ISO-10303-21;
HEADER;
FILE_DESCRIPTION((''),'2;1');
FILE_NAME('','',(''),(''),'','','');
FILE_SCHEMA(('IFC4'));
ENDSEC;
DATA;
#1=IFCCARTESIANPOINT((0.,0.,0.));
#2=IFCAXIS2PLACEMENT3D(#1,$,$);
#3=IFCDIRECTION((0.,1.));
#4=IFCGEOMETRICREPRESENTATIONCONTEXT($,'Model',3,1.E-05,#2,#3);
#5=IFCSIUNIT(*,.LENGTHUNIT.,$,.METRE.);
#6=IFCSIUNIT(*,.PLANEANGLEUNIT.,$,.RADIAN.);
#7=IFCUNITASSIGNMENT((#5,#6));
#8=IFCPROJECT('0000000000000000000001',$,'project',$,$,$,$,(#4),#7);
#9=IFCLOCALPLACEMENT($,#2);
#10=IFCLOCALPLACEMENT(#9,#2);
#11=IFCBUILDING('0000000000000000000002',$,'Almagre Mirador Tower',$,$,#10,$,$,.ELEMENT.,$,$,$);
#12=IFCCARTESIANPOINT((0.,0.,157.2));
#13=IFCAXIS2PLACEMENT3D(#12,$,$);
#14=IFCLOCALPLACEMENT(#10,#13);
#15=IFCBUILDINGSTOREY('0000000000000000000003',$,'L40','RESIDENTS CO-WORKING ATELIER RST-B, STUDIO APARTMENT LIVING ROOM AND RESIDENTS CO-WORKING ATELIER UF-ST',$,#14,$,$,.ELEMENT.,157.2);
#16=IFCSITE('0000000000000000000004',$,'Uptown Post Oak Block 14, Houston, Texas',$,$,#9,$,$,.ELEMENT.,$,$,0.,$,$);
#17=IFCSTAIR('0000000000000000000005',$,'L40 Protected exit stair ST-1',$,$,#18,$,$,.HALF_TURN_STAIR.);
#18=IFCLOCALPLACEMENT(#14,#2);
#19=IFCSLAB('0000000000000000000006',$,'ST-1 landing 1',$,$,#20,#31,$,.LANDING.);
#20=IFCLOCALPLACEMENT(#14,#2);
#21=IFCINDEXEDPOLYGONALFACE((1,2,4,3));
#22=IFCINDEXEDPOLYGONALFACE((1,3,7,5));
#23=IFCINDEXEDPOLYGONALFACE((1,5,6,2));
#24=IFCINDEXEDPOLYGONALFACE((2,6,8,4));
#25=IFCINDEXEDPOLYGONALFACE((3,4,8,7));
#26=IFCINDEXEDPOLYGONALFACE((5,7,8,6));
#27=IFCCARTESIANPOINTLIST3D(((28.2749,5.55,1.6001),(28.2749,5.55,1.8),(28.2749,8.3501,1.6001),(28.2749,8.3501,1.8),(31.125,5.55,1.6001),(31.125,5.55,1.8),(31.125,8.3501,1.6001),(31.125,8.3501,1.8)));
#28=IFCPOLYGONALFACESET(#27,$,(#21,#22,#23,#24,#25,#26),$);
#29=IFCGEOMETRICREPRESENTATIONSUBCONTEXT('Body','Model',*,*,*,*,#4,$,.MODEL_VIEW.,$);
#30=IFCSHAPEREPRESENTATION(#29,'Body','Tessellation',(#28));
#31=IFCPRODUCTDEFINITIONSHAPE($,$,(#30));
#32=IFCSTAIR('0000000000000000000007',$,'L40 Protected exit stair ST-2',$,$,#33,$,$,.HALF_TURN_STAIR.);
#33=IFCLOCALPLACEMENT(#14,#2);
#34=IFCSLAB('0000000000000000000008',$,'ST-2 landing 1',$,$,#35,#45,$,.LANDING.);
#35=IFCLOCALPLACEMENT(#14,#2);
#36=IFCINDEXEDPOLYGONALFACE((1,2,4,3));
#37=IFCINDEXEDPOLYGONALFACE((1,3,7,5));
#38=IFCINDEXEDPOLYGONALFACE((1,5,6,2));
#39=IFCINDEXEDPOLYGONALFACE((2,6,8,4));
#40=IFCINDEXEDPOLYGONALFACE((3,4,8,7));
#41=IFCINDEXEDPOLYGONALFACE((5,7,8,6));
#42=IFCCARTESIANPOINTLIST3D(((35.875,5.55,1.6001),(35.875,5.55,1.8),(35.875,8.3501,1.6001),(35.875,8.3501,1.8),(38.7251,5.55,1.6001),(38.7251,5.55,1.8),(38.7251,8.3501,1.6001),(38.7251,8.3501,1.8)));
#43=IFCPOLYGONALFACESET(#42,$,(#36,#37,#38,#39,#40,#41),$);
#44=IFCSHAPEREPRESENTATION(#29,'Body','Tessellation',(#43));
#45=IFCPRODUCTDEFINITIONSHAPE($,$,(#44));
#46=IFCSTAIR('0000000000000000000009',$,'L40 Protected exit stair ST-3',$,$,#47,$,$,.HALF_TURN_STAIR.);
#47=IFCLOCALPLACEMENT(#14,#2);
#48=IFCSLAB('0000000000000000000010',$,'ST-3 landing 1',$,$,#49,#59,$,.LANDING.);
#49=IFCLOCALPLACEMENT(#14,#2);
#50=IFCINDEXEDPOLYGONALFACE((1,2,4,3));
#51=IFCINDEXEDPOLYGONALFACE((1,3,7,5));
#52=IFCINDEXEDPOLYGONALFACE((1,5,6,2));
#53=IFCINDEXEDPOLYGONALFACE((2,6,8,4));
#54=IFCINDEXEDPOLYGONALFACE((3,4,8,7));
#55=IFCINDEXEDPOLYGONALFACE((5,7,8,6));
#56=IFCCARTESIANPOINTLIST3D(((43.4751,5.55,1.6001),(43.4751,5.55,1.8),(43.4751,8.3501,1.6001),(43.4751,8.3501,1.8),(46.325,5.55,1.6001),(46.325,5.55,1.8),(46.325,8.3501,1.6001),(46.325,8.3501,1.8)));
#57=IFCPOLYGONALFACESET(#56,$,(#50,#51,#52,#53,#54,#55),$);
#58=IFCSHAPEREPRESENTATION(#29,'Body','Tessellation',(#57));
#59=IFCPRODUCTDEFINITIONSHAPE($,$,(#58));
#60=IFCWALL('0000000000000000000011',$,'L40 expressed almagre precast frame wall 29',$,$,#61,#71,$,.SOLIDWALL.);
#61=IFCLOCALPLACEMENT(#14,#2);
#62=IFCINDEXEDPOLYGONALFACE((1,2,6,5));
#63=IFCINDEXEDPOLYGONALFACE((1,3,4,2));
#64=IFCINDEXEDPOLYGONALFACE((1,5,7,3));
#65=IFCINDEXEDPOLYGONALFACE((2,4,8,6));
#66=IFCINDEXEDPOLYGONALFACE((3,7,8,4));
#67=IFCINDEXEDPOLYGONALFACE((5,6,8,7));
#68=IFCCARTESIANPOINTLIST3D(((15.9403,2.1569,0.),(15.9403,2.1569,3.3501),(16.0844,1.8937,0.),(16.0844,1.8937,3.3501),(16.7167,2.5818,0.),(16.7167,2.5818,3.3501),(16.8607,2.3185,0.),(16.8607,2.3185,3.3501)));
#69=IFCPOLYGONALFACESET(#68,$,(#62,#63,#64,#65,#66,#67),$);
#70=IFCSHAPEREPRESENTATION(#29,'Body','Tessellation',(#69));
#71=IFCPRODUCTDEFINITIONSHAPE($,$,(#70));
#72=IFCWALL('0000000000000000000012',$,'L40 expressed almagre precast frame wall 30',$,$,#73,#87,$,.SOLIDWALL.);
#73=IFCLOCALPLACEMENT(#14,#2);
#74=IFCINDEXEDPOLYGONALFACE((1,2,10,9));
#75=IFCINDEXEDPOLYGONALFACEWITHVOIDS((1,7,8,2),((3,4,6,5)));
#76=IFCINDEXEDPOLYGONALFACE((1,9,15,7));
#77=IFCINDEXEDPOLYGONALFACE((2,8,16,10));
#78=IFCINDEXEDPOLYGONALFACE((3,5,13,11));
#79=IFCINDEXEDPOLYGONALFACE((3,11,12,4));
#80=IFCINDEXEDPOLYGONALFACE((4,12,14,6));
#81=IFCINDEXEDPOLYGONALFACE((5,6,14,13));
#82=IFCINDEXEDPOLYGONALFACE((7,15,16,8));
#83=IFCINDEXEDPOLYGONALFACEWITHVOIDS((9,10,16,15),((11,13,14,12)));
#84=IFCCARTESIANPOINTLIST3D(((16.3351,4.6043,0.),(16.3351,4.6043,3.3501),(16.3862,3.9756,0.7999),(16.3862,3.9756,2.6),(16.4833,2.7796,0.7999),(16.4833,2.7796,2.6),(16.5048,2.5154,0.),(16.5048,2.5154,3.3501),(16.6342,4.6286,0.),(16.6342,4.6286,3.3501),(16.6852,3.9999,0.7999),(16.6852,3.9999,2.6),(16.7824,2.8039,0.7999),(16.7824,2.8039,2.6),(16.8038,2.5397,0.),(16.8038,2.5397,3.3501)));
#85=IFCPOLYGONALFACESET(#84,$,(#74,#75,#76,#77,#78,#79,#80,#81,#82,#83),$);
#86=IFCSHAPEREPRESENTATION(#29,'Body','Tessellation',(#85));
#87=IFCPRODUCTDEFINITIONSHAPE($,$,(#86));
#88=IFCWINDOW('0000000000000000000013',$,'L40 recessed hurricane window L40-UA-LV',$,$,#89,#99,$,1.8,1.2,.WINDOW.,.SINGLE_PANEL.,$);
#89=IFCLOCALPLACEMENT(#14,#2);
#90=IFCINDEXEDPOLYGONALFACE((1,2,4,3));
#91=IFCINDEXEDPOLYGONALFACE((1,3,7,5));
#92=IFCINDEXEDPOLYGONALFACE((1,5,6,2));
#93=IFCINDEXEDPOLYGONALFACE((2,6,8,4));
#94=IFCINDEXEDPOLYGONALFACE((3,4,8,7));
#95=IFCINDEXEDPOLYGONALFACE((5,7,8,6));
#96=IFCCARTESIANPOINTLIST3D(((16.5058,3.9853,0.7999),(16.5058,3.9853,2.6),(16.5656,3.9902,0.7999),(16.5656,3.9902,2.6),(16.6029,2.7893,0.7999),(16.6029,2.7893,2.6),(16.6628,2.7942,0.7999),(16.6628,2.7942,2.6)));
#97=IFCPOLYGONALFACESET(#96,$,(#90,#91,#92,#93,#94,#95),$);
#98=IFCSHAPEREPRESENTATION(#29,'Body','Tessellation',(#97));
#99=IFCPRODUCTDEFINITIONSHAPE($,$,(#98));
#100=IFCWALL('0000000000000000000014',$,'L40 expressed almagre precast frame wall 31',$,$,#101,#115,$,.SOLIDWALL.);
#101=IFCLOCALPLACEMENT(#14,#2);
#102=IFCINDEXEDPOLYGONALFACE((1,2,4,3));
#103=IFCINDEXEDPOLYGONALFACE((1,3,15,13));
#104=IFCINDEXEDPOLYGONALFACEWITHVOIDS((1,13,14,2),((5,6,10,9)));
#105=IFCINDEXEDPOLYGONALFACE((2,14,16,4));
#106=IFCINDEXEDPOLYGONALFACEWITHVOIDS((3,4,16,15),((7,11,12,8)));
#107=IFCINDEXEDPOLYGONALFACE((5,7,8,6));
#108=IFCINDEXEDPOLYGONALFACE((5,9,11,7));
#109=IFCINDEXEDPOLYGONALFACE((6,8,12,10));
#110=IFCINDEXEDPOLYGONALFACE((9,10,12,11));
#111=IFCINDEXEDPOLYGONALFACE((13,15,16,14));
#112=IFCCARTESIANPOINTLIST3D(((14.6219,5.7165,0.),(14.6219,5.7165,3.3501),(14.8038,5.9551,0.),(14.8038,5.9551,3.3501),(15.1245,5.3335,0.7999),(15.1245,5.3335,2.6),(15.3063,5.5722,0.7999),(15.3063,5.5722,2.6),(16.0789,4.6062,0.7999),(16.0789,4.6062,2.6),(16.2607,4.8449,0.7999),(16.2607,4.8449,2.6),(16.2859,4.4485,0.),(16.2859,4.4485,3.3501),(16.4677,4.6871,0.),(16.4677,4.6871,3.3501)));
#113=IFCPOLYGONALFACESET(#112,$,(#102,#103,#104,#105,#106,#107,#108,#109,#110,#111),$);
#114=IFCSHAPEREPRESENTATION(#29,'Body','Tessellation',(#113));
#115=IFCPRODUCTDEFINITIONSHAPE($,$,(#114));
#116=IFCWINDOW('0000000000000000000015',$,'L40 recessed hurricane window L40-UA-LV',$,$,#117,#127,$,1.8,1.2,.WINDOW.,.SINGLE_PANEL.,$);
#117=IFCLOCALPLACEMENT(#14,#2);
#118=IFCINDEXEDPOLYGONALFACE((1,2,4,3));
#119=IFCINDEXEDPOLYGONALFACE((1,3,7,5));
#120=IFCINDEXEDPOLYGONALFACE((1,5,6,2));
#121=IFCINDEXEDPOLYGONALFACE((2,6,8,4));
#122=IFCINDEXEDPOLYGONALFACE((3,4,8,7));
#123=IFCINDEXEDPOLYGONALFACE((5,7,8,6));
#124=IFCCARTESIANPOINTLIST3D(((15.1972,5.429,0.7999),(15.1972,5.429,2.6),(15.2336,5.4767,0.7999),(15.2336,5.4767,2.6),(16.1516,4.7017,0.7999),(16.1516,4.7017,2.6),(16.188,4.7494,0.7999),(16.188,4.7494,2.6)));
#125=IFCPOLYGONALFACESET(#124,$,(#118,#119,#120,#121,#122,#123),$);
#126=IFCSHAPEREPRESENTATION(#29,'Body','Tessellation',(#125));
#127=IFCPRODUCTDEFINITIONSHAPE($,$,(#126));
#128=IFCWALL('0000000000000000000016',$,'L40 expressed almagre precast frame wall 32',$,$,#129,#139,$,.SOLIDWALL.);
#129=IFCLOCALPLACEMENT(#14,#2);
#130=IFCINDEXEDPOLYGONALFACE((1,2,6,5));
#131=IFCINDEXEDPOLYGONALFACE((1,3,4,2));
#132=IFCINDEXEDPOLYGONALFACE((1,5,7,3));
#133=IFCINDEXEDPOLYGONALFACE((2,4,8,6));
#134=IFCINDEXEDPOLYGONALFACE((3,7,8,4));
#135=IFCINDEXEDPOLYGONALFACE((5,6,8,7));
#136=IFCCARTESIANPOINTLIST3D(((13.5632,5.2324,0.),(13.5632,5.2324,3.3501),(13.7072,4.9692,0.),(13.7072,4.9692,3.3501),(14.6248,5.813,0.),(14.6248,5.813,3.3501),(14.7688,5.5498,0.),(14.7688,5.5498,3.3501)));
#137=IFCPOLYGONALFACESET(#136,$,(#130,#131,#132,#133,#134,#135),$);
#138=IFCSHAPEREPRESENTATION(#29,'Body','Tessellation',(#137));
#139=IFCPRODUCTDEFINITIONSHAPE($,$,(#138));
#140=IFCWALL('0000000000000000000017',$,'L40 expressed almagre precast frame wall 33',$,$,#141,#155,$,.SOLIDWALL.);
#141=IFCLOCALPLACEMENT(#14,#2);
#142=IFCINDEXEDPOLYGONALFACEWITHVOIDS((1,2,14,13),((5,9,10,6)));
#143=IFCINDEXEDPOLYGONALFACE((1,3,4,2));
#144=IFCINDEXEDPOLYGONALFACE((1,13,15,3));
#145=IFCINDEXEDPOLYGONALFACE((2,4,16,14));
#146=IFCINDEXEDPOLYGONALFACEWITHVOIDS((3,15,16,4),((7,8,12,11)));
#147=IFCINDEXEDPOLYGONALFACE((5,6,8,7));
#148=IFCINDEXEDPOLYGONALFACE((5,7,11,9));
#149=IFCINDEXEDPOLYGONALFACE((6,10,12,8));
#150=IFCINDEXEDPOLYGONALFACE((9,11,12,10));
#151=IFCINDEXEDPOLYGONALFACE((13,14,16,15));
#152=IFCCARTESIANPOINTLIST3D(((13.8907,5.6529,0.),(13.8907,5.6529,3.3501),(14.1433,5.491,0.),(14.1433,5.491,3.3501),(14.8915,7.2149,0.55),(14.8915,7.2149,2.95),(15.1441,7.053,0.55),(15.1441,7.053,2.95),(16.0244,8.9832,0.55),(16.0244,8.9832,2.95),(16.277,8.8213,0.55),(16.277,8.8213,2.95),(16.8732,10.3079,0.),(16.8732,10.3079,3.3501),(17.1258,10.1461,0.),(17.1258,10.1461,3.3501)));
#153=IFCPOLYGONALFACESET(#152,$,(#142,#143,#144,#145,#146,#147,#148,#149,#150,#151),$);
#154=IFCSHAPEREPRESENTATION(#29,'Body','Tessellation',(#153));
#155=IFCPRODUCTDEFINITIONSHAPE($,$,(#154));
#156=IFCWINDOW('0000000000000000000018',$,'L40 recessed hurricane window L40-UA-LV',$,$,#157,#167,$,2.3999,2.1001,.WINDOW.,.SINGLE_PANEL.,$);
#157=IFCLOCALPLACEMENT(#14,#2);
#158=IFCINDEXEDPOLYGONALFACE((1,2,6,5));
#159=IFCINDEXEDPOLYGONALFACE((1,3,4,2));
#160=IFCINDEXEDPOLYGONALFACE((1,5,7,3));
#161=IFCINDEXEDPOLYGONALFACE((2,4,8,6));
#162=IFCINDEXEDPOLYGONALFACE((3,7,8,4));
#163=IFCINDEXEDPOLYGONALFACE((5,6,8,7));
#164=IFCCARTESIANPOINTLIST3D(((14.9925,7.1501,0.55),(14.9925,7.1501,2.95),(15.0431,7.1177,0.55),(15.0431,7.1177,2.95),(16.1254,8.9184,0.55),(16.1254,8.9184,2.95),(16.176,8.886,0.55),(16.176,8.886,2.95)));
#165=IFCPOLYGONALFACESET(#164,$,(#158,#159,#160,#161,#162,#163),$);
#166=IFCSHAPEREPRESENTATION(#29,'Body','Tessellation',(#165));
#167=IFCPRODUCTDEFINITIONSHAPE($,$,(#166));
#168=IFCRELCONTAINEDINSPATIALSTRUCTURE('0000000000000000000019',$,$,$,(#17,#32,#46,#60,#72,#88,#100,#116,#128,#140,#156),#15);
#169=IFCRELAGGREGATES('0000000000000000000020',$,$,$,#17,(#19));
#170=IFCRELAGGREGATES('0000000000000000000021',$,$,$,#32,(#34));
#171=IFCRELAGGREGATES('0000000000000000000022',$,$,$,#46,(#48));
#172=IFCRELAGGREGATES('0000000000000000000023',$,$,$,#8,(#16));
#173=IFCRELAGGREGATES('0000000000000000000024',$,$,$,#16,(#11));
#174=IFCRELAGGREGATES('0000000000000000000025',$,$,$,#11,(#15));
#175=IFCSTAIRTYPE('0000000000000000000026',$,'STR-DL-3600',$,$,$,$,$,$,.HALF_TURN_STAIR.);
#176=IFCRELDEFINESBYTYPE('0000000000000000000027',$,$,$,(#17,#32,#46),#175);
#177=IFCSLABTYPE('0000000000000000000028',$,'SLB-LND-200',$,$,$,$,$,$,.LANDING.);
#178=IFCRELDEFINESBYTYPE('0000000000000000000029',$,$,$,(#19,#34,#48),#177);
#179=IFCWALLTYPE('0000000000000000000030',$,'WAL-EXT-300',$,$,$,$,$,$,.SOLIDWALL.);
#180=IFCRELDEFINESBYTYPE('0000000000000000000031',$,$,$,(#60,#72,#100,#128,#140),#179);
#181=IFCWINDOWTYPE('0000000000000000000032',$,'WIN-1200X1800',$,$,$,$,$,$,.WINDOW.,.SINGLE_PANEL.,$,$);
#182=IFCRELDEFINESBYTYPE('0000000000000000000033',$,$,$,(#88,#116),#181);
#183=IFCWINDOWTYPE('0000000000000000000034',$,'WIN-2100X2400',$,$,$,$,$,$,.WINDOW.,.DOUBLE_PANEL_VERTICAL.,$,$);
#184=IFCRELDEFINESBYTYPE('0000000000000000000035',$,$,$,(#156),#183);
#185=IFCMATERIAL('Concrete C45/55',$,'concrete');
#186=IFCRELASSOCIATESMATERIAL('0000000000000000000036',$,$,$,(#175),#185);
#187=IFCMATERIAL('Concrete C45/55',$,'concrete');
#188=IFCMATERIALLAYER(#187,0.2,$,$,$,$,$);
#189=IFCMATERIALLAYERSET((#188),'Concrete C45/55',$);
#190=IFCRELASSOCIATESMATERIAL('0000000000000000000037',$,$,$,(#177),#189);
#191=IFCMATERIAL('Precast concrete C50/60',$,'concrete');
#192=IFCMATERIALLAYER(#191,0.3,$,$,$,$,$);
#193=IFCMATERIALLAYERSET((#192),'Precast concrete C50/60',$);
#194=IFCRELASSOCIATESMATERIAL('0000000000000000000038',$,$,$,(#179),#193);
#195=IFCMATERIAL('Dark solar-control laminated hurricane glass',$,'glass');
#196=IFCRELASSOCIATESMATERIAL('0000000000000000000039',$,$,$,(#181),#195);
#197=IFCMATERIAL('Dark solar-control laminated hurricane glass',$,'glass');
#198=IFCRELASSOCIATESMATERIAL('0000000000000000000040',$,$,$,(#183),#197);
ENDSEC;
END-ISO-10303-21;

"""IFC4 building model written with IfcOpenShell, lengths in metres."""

from ifc_helpers import new_model, si_unit, direction, frame, frame_2d, origin, place, context, subcontext, project, spatial, polyline, rectangle, outline, extrude, material, layer, layer_set, type_object, element, fill, aggregate, save


model = new_model("IFC4")

# Units and contexts
model_context = context("Model", 3, precision=1e-05, world=origin(), true_north=direction((0.0, 1.0)))
body_context = subcontext(model_context, "Body", "Model", "MODEL_VIEW")
ifc_project = project(units=[si_unit("LENGTHUNIT", "METRE"), si_unit("PLANEANGLEUNIT", "RADIAN")], contexts=[model_context])

# Site, building, storey
site_placement = place(None, origin())
site = spatial("IfcSite", under=ifc_project, at=site_placement, Name="Uptown Post Oak Block 14, Houston, Texas", CompositionType="ELEMENT", RefElevation=0.0)
building_placement = place(site_placement, origin())
building = spatial("IfcBuilding", under=site, at=building_placement, Name="Almagre Mirador Tower", CompositionType="ELEMENT")
storey_placement = place(building_placement, frame((0.0, 0.0, 157.2)))
storey = spatial("IfcBuildingStorey", under=building, at=storey_placement, Name="L40", Description="RESIDENTS CO-WORKING ATELIER RST-B, STUDIO APARTMENT LIVING ROOM AND RESIDENTS CO-WORKING ATELIER UF-ST", CompositionType="ELEMENT", Elevation=157.2)

# Stairs, slabs
ifc_material_1 = material(Name="Concrete C45/55", Category="concrete")
stair_type = type_object("IfcStairType", Name="STR-DL-3600", PredefinedType="HALF_TURN_STAIR", material=ifc_material_1)
stair_1_placement = place(storey_placement, origin())
stair_1 = element("IfcStair", 1, at=stair_1_placement, inside=storey, type_object=stair_type, Name="L40 Protected exit stair ST-1", PredefinedType="HALF_TURN_STAIR")
ifc_material_2 = material(Name="Concrete C45/55", Category="concrete")
ifc_layer_1 = layer(ifc_material_2, 0.2)
ifc_layer_set_1 = layer_set([ifc_layer_1], Name="Concrete C45/55")
slab_type_1 = type_object("IfcSlabType", Name="SLB-LND-200", PredefinedType="LANDING", material=ifc_layer_set_1)
slab_1_placement = place(storey_placement, frame((0.0, 0.0, 1.6001)))
slab_1 = element("IfcSlab", 2, at=slab_1_placement, type_object=slab_type_1, Name="ST-1 landing 1", PredefinedType="LANDING", context=body_context, shape_type="SweptSolid", body=[
    extrude(outline(polyline([(28.2749, 8.3501), (28.2749, 5.55), (31.125, 5.55), (31.125, 8.3501), (28.2749, 8.3501)])), origin(), (0.0, 0.0, 1.0), 0.2),
])
aggregate(stair_1, [slab_1])
stair_2_placement = place(storey_placement, origin())
stair_2 = element("IfcStair", 3, at=stair_2_placement, inside=storey, type_object=stair_type, Name="L40 Protected exit stair ST-2", PredefinedType="HALF_TURN_STAIR")
slab_2_placement = place(storey_placement, frame((0.0, 0.0, 1.6001)))
slab_2 = element("IfcSlab", 4, at=slab_2_placement, type_object=slab_type_1, Name="ST-2 landing 1", PredefinedType="LANDING", context=body_context, shape_type="SweptSolid", body=[
    extrude(outline(polyline([(35.875, 8.3501), (35.875, 5.55), (38.7251, 5.55), (38.7251, 8.3501), (35.875, 8.3501)])), origin(), (0.0, 0.0, 1.0), 0.2),
])
aggregate(stair_2, [slab_2])
stair_3_placement = place(storey_placement, origin())
stair_3 = element("IfcStair", 5, at=stair_3_placement, inside=storey, type_object=stair_type, Name="L40 Protected exit stair ST-3", PredefinedType="HALF_TURN_STAIR")
slab_3_placement = place(storey_placement, frame((0.0, 0.0, 1.6001)))
slab_3 = element("IfcSlab", 6, at=slab_3_placement, type_object=slab_type_1, Name="ST-3 landing 1", PredefinedType="LANDING", context=body_context, shape_type="SweptSolid", body=[
    extrude(outline(polyline([(43.4751, 8.3501), (43.4751, 5.55), (46.325, 5.55), (46.325, 8.3501), (43.4751, 8.3501)])), origin(), (0.0, 0.0, 1.0), 0.2),
])
aggregate(stair_3, [slab_3])

# Wall
ifc_material_3 = material(Name="Precast concrete C50/60", Category="concrete")
ifc_layer_2 = layer(ifc_material_3, 0.3)
ifc_layer_set_2 = layer_set([ifc_layer_2], Name="Precast concrete C50/60")
wall_type_1 = type_object("IfcWallType", Name="WAL-EXT-300", PredefinedType="SOLIDWALL", material=ifc_layer_set_2)
wall_1_placement = place(storey_placement, frame((16.0125, 2.0254, 0.0), z_axis=(0.0, 0.0, 1.0), x_axis=(0.877262, 0.480011, 0.0)))
element("IfcWall", 7, at=wall_1_placement, inside=storey, type_object=wall_type_1, Name="L40 expressed almagre precast frame wall 29", PredefinedType="SOLIDWALL", context=body_context, shape_type="SweptSolid", body=[
    extrude(rectangle(XDim=0.885, YDim=0.3, at=frame_2d((0.4424, 0.0))), origin(), (0.0, 0.0, 1.0), 3.3501),
])

# Walls, openings, windows
wall_2_placement = place(storey_placement, frame((16.6543, 2.5276, 0.0), z_axis=(0.0, 0.0, 1.0), x_axis=(-0.080963, 0.996717, 0.0)))
wall_2 = element("IfcWall", 8, at=wall_2_placement, inside=storey, type_object=wall_type_1, Name="L40 expressed almagre precast frame wall 30", PredefinedType="SOLIDWALL", context=body_context, shape_type="SweptSolid", body=[
    extrude(rectangle(XDim=2.0957, YDim=0.3, at=frame_2d((1.0479, 0.0))), origin(), (0.0, 0.0, 1.0), 3.3501),
])
opening_1_placement = place(wall_2_placement, frame((0.2649, 0.0, 0.8)))
opening_1 = element("IfcOpeningElement", 9, at=opening_1_placement, cuts=wall_2, PredefinedType="OPENING", context=body_context, shape_type="SweptSolid", body=[
    extrude(rectangle(XDim=1.2, YDim=1.8, at=frame_2d((0.6001, 0.8999))), frame((0.0, 0.1599, 0.0), z_axis=(0.0, -1.0, 0.0), x_axis=(1.0, 0.0, 0.0)), (0.0, 0.0, 1.0), 0.32),
])
ifc_material_4 = material(Name="Dark solar-control laminated hurricane glass", Category="glass")
window_type_1 = type_object("IfcWindowType", Name="WIN-1200X1800", PartitioningType="SINGLE_PANEL", PredefinedType="WINDOW", material=ifc_material_4)
window_1_placement = place(opening_1_placement, origin())
window_1 = element("IfcWindow", 10, at=window_1_placement, inside=storey, type_object=window_type_1, Name="L40 recessed hurricane window L40-UA-LV", OverallHeight=1.8, OverallWidth=1.2, PartitioningType="SINGLE_PANEL", PredefinedType="WINDOW", context=body_context, shape_type="SweptSolid", body=[
    extrude(rectangle(XDim=1.2, YDim=1.8, at=frame_2d((0.6001, 0.8999))), frame((0.0, 0.03, 0.0), z_axis=(0.0, -1.0, 0.0), x_axis=(1.0, 0.0, 0.0)), (0.0, 0.0, 1.0), 0.0601),
])
fill(opening_1, window_1)
wall_3_placement = place(storey_placement, frame((16.3767, 4.5679, 0.0), z_axis=(0.0, 0.0, 1.0), x_axis=(-0.795383, 0.606106, 0.0)))
wall_3 = element("IfcWall", 11, at=wall_3_placement, inside=storey, type_object=wall_type_1, Name="L40 expressed almagre precast frame wall 31", PredefinedType="SOLIDWALL", context=body_context, shape_type="SweptSolid", body=[
    extrude(rectangle(XDim=2.092, YDim=0.3, at=frame_2d((1.0459, 0.0))), origin(), (0.0, 0.0, 1.0), 3.3501),
])
opening_2_placement = place(wall_3_placement, frame((0.26, 0.0, 0.8)))
opening_2 = element("IfcOpeningElement", 12, at=opening_2_placement, cuts=wall_3, PredefinedType="OPENING", context=body_context, shape_type="SweptSolid", body=[
    extrude(rectangle(XDim=1.2, YDim=1.8, at=frame_2d((0.6001, 0.8999))), frame((0.0, 0.1599, 0.0), z_axis=(0.0, -1.0, 0.0), x_axis=(1.0, 0.0, 0.0)), (0.0, 0.0, 1.0), 0.32),
])
window_2_placement = place(opening_2_placement, origin())
window_2 = element("IfcWindow", 13, at=window_2_placement, inside=storey, type_object=window_type_1, Name="L40 recessed hurricane window L40-UA-LV", OverallHeight=1.8, OverallWidth=1.2, PartitioningType="SINGLE_PANEL", PredefinedType="WINDOW", context=body_context, shape_type="SweptSolid", body=[
    extrude(rectangle(XDim=1.2, YDim=1.8, at=frame_2d((0.6001, 0.8999))), frame((0.0, 0.03, 0.0), z_axis=(0.0, -1.0, 0.0), x_axis=(1.0, 0.0, 0.0)), (0.0, 0.0, 1.0), 0.0601),
])
fill(opening_2, window_2)

# Wall
wall_4_placement = place(storey_placement, frame((14.6968, 5.6814, 0.0), z_axis=(0.0, 0.0, 1.0), x_axis=(-0.877355, -0.479841, 0.0)))
element("IfcWall", 14, at=wall_4_placement, inside=storey, type_object=wall_type_1, Name="L40 expressed almagre precast frame wall 32", PredefinedType="SOLIDWALL", context=body_context, shape_type="SweptSolid", body=[
    extrude(rectangle(XDim=1.21, YDim=0.3, at=frame_2d((0.605, 0.0))), origin(), (0.0, 0.0, 1.0), 3.3501),
])

# Wall, opening, window
wall_5_placement = place(storey_placement, frame((14.0171, 5.572, 0.0), z_axis=(0.0, 0.0, 1.0), x_axis=(0.539465, 0.842008, 0.0)))
wall_5 = element("IfcWall", 15, at=wall_5_placement, inside=storey, type_object=wall_type_1, Name="L40 expressed almagre precast frame wall 33", PredefinedType="SOLIDWALL", context=body_context, shape_type="SweptSolid", body=[
    extrude(rectangle(XDim=5.5286, YDim=0.3, at=frame_2d((2.7642, 0.0))), origin(), (0.0, 0.0, 1.0), 3.3501),
])
opening_3_placement = place(wall_5_placement, frame((1.855, 0.0, 0.55)))
opening_3 = element("IfcOpeningElement", 16, at=opening_3_placement, cuts=wall_5, PredefinedType="OPENING", context=body_context, shape_type="SweptSolid", body=[
    extrude(rectangle(XDim=2.1001, YDim=2.3999, at=frame_2d((1.05, 1.2))), frame((0.0, 0.1599, 0.0), z_axis=(0.0, -1.0, 0.0), x_axis=(1.0, 0.0, 0.0)), (0.0, 0.0, 1.0), 0.32),
])
ifc_material_5 = material(Name="Dark solar-control laminated hurricane glass", Category="glass")
window_type_2 = type_object("IfcWindowType", Name="WIN-2100X2400", PartitioningType="DOUBLE_PANEL_VERTICAL", PredefinedType="WINDOW", material=ifc_material_5)
window_3_placement = place(opening_3_placement, origin())
window_3 = element("IfcWindow", 17, at=window_3_placement, inside=storey, type_object=window_type_2, Name="L40 recessed hurricane window L40-UA-LV", OverallHeight=2.3999, OverallWidth=2.1001, PartitioningType="SINGLE_PANEL", PredefinedType="WINDOW", context=body_context, shape_type="SweptSolid", body=[
    extrude(rectangle(XDim=2.1001, YDim=2.3999, at=frame_2d((1.05, 1.2))), frame((0.0, 0.03, 0.0), z_axis=(0.0, -1.0, 0.0), x_axis=(1.0, 0.0, 0.0)), (0.0, 0.0, 1.0), 0.0601),
])
fill(opening_3, window_3)

save(model, "model.ifc")
